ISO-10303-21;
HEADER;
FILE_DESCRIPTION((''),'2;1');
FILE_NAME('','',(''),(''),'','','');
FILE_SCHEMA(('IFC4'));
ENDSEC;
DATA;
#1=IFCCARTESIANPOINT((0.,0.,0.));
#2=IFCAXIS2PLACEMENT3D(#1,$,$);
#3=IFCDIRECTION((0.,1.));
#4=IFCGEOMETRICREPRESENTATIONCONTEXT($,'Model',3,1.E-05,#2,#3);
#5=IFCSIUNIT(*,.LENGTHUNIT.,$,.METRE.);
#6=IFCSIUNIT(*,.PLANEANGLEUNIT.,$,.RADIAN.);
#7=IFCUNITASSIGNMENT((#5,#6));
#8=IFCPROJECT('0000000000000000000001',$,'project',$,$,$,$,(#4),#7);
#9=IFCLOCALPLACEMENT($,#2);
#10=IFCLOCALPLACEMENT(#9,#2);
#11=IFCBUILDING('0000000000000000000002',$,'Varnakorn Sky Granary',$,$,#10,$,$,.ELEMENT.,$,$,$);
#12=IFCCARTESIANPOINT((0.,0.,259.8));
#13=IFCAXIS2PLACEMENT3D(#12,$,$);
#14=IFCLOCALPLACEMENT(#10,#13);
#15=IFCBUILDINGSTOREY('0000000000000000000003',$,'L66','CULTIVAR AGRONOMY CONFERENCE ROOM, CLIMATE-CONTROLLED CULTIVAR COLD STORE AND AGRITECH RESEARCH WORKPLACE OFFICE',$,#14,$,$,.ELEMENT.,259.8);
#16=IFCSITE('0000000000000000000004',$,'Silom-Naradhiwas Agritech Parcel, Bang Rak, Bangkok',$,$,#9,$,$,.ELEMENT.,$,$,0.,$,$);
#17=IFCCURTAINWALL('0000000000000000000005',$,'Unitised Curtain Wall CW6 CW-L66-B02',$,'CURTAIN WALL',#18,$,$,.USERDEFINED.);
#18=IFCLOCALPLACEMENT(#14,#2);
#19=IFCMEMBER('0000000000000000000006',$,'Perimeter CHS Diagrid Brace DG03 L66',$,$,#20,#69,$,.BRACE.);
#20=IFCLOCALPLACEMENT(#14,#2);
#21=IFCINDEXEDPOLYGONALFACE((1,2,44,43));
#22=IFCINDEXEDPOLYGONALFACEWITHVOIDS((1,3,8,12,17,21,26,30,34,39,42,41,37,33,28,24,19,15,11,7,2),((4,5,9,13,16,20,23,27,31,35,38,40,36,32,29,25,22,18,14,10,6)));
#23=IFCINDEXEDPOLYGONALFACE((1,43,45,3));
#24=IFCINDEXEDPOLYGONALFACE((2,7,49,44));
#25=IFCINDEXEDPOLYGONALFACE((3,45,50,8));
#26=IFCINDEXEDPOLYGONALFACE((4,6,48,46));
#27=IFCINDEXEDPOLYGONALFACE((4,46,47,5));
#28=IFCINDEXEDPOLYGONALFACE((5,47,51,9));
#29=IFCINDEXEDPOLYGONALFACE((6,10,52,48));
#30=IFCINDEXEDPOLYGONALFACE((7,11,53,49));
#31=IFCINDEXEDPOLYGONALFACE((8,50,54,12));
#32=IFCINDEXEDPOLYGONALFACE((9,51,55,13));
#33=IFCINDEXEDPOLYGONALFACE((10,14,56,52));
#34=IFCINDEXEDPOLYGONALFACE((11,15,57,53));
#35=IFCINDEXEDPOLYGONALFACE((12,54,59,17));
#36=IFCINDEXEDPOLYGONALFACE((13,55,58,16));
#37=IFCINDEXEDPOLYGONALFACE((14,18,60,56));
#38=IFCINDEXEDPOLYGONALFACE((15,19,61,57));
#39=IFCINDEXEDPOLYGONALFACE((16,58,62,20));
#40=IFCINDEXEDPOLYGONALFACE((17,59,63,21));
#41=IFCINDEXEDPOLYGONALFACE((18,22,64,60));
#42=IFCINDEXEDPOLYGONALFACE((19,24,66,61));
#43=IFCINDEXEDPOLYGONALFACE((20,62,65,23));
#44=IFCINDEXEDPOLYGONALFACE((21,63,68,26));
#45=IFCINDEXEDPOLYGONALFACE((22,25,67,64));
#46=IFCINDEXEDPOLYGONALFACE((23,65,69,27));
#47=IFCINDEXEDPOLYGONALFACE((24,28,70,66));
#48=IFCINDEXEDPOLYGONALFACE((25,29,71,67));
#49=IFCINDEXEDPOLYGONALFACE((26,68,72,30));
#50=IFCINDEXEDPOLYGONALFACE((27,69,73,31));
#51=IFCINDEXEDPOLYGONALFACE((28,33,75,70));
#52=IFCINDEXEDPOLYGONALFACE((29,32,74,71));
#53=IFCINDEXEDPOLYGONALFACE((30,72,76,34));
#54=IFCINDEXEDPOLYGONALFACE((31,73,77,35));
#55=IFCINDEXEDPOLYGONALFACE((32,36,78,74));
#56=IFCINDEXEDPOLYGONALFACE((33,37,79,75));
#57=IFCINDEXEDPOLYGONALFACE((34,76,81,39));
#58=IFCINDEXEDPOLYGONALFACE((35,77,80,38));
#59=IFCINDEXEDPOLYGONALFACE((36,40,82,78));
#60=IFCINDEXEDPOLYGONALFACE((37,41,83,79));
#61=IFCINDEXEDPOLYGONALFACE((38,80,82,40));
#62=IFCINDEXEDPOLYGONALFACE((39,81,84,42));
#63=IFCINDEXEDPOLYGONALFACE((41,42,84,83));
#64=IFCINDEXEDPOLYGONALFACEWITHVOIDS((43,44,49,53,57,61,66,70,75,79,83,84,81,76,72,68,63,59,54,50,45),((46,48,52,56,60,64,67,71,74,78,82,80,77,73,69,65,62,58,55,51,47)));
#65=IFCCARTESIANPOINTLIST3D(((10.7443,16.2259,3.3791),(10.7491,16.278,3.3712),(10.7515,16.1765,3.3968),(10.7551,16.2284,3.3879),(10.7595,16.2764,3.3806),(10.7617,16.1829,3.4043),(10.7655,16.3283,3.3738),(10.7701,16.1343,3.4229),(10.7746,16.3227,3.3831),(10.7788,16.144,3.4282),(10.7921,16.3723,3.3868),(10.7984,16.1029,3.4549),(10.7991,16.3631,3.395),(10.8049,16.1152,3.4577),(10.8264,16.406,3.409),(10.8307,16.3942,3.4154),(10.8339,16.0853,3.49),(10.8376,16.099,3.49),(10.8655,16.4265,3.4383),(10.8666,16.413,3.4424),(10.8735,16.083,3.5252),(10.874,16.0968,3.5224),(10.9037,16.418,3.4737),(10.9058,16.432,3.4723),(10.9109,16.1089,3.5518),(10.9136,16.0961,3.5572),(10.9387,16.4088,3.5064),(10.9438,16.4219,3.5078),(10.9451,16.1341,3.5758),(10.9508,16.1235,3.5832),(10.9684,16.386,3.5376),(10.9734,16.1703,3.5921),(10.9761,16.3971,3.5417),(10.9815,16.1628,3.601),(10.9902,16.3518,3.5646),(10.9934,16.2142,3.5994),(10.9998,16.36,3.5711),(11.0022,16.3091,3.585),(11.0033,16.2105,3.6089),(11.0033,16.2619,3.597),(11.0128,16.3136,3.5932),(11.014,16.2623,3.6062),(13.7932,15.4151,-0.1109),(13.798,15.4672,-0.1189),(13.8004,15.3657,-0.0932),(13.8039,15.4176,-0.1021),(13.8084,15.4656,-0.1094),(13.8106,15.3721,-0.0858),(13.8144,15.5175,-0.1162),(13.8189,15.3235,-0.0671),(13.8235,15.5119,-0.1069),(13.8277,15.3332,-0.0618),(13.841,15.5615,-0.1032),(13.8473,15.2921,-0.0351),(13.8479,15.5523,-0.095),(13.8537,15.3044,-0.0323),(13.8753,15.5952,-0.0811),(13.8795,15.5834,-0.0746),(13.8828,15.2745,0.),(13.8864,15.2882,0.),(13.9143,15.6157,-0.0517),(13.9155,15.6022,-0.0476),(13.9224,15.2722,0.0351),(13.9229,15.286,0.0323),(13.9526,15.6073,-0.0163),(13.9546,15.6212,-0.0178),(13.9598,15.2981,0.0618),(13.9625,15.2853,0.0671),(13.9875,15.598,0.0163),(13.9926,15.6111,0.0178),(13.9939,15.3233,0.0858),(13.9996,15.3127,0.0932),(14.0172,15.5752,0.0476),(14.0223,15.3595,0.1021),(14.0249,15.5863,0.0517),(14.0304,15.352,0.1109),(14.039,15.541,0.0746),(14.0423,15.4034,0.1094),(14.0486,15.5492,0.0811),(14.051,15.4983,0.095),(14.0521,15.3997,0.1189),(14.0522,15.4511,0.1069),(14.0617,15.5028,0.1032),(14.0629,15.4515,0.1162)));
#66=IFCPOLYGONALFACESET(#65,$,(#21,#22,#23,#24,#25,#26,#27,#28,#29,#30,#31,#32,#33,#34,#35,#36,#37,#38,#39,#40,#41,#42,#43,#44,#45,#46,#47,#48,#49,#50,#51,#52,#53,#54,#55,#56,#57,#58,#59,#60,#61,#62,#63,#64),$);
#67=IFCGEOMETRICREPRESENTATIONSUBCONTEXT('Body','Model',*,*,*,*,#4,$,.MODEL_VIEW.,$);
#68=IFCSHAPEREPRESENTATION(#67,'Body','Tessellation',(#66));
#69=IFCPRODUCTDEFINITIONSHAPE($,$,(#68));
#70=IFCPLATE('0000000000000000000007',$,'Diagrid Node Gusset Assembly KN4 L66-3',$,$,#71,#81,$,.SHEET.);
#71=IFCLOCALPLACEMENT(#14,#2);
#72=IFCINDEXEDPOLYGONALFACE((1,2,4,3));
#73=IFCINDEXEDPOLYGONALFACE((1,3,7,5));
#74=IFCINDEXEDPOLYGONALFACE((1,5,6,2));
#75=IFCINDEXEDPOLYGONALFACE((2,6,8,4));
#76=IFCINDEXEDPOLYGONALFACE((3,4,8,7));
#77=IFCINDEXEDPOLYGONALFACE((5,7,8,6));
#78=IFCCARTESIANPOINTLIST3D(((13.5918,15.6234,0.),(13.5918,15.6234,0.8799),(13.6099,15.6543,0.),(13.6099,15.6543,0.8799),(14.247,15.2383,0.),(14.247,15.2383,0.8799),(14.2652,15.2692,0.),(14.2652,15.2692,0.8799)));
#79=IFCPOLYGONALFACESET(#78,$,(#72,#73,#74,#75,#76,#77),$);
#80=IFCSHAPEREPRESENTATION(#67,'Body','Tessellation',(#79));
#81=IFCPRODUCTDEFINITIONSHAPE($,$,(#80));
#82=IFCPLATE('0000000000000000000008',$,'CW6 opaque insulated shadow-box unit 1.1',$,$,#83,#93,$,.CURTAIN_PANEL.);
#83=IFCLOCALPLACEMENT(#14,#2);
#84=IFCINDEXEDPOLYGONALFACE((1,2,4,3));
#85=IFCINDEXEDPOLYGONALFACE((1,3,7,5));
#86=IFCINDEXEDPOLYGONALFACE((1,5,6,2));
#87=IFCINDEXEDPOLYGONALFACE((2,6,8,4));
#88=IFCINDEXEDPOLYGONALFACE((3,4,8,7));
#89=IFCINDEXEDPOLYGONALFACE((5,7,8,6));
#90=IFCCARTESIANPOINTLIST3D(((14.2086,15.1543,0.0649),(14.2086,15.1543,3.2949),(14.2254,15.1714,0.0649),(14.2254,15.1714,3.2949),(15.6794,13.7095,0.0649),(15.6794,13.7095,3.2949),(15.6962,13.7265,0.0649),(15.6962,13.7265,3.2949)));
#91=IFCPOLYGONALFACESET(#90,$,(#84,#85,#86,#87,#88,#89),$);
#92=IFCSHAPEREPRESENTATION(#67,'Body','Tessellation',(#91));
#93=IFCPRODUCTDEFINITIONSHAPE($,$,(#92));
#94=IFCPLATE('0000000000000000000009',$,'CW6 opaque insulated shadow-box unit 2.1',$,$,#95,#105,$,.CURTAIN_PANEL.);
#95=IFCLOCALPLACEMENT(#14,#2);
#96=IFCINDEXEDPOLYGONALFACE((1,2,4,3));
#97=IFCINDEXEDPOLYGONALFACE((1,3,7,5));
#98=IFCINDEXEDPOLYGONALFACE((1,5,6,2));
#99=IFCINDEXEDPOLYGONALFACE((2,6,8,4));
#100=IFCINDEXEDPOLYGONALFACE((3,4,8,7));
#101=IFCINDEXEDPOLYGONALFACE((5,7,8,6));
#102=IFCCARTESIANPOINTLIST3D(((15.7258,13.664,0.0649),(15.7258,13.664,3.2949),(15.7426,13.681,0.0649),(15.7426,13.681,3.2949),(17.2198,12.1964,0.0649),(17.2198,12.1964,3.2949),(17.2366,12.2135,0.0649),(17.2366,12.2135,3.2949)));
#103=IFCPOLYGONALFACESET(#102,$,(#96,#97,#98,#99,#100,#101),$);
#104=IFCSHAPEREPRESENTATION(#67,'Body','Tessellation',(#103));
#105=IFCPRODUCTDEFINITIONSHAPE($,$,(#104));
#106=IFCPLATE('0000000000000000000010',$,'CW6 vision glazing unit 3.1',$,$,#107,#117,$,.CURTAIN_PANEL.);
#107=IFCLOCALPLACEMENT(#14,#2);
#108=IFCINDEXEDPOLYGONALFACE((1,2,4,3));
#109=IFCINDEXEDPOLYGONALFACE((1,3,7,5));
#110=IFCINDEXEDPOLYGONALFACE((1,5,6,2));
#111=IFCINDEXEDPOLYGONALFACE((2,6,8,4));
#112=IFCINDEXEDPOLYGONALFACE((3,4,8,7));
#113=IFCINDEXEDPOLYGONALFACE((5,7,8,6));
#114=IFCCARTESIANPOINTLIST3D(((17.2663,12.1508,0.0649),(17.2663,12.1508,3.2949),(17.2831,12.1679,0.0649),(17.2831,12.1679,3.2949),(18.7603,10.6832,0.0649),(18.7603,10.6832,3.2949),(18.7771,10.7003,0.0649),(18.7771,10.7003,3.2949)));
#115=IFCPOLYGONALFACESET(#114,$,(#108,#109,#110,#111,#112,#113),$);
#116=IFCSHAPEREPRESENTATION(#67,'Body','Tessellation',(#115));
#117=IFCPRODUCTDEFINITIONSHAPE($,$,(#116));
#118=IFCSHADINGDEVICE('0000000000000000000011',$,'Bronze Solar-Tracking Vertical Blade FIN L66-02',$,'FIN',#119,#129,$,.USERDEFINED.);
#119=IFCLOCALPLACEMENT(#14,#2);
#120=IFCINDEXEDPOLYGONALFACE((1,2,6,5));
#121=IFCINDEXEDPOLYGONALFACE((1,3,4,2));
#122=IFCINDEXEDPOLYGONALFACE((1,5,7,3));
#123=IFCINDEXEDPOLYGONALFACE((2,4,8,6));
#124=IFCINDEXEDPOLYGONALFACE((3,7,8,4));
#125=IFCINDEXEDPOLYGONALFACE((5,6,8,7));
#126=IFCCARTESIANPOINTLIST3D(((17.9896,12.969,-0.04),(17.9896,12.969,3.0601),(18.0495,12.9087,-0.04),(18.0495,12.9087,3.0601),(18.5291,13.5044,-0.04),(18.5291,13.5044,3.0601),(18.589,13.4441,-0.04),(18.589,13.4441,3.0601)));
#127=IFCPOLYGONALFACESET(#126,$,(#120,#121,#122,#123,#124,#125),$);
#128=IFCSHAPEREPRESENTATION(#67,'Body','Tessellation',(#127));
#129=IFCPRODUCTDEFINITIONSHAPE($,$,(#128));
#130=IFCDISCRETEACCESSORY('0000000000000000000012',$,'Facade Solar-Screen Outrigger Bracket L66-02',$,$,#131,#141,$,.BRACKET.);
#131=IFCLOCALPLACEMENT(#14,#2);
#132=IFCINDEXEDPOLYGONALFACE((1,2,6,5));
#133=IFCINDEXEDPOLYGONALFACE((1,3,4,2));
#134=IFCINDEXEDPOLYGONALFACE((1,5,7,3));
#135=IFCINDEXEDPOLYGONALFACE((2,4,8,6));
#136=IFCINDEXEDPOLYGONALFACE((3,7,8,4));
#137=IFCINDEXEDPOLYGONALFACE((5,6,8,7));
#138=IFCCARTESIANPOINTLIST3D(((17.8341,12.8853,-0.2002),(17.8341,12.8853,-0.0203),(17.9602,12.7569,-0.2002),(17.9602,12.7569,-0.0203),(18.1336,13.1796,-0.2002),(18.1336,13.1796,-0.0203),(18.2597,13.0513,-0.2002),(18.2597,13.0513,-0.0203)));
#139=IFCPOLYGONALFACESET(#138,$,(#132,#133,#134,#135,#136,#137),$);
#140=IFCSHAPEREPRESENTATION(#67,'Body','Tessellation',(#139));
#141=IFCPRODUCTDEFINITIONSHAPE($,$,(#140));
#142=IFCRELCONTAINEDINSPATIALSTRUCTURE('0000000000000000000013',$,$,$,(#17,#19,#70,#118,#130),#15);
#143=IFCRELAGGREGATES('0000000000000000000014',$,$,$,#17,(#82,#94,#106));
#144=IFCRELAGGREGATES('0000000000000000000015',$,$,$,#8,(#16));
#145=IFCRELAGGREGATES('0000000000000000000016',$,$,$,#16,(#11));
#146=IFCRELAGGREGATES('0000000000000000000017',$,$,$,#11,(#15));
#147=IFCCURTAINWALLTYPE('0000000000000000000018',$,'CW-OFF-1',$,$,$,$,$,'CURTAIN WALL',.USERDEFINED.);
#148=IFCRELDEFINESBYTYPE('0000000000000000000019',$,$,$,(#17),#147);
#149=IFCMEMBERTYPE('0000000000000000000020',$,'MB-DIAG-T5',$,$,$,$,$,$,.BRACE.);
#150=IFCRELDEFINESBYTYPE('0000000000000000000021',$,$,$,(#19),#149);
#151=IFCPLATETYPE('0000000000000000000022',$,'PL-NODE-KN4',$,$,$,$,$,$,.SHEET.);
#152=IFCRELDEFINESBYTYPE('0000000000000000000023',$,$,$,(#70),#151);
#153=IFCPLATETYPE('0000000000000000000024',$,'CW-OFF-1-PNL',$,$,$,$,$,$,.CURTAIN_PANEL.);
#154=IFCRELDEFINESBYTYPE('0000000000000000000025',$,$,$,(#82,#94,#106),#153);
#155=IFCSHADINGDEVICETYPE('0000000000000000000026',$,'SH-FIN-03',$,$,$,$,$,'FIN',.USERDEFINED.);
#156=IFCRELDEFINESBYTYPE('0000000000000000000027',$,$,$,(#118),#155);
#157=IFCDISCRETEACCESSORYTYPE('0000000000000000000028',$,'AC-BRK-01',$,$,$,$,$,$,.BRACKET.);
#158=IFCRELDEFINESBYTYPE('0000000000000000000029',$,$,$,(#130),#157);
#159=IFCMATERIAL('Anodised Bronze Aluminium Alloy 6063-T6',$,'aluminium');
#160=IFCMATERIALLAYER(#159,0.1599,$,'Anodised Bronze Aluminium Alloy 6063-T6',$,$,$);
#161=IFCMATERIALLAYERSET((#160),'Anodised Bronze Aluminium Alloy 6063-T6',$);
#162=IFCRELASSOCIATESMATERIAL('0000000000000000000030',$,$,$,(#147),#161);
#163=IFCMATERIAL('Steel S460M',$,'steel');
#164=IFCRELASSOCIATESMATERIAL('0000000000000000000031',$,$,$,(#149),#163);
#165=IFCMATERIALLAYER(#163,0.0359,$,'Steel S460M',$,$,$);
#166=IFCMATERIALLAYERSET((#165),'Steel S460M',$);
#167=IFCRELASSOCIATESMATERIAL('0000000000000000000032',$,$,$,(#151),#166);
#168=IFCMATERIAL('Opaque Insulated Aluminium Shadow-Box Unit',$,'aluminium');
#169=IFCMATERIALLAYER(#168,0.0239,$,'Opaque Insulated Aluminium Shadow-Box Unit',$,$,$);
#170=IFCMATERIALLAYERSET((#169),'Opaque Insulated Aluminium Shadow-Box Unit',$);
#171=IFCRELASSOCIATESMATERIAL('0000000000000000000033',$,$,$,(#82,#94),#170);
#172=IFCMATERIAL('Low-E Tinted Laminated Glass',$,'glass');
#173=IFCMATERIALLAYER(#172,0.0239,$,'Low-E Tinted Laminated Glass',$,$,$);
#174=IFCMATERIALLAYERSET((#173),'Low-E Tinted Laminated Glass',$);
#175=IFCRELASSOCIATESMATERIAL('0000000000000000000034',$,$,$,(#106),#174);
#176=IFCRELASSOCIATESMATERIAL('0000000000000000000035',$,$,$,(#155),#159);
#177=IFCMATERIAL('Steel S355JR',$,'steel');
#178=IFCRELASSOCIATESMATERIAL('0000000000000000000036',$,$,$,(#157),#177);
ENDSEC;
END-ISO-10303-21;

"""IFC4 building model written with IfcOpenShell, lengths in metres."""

from ifc_helpers import new_model, si_unit, direction, frame, origin, origin_2d, place, context, subcontext, project, spatial, rectangle, hollow_circle, extrude, source, transform, mapped, material, layer, layer_set, material_profile, profile_set, type_object, type_shapes, element, aggregate, save


model = new_model("IFC4")

# Units and contexts
model_context = context("Model", 3, precision=1e-05, world=origin(), true_north=direction((0.0, 1.0)))
body_context = subcontext(model_context, "Body", "Model", "MODEL_VIEW")
ifc_project = project(units=[si_unit("LENGTHUNIT", "METRE"), si_unit("PLANEANGLEUNIT", "RADIAN")], contexts=[model_context])

# Site, building, storey
site_placement = place(None, origin())
site = spatial("IfcSite", under=ifc_project, at=site_placement, Name="Silom-Naradhiwas Agritech Parcel, Bang Rak, Bangkok", CompositionType="ELEMENT", RefElevation=0.0)
building_placement = place(site_placement, origin())
building = spatial("IfcBuilding", under=site, at=building_placement, Name="Varnakorn Sky Granary", CompositionType="ELEMENT")
storey_placement = place(building_placement, frame((0.0, 0.0, 259.8)))
storey = spatial("IfcBuildingStorey", under=building, at=storey_placement, Name="L66", Description="CULTIVAR AGRONOMY CONFERENCE ROOM, CLIMATE-CONTROLLED CULTIVAR COLD STORE AND AGRITECH RESEARCH WORKPLACE OFFICE", CompositionType="ELEMENT", Elevation=259.8)

# Shared definitions
ifc_material_1 = material(Name="Steel S460M", Category="steel")

# Shared definitions
ifc_material_2 = material(Name="Steel S355JR", Category="steel")

# Curtain wall
ifc_material_3 = material(Name="Anodised Bronze Aluminium Alloy 6063-T6", Category="aluminium")
ifc_layer_1 = layer(ifc_material_3, 0.1599, Name="Anodised Bronze Aluminium Alloy 6063-T6")
ifc_layer_set_1 = layer_set([ifc_layer_1], Name="Anodised Bronze Aluminium Alloy 6063-T6")
curtain_wall_type = type_object("IfcCurtainWallType", Name="CW-OFF-1", ElementType="CURTAIN WALL", PredefinedType="USERDEFINED", material=ifc_layer_set_1)
curtain_wall_placement = place(storey_placement, origin())
curtain_wall = element("IfcCurtainWall", 1, at=curtain_wall_placement, inside=storey, type_object=curtain_wall_type, Name="Unitised Curtain Wall CW6 CW-L66-B02", ObjectType="CURTAIN WALL", PredefinedType="USERDEFINED")

# Member
ifc_material_profile_1 = material_profile(ifc_material_1, hollow_circle(Radius=0.1777, WallThickness=0.0142, at=origin_2d()), Name="CHS 355.6x14")
ifc_profile_set_1 = profile_set([ifc_material_profile_1], Name="Steel S460M")
member_type_1 = type_object("IfcMemberType", Name="MB-DIAG-T5", PredefinedType="BRACE", material=ifc_profile_set_1)
member_1_placement = place(storey_placement, frame((13.9285, 15.4463, 0.0), z_axis=(-0.64806, 0.172342, 0.741833), x_axis=(-0.257003, -0.966411, 0.0)))
element("IfcMember", 2, at=member_1_placement, inside=storey, type_object=member_type_1, Name="Perimeter CHS Diagrid Brace DG03 L66", PredefinedType="BRACE", context=body_context, shape_type="SweptSolid", body=[
    extrude(hollow_circle(Radius=0.1777, WallThickness=0.0142, at=origin_2d()), origin(), (0.0, 0.0, 1.0), 4.7046),
])

# Plates
ifc_layer_2 = layer(ifc_material_1, 0.0359, Name="Steel S460M")
ifc_layer_set_2 = layer_set([ifc_layer_2], Name="Steel S460M")
plate_type_1 = type_object("IfcPlateType", Name="PL-NODE-KN4", PredefinedType="SHEET", material=ifc_layer_set_2)
plate_1_placement = place(storey_placement, frame((13.9285, 15.4463, 0.0), z_axis=(0.0, 0.0, 1.0), x_axis=(-0.86212, 0.506704, 0.0)))
element("IfcPlate", 3, at=plate_1_placement, inside=storey, type_object=plate_type_1, Name="Diagrid Node Gusset Assembly KN4 L66-3", PredefinedType="SHEET", context=body_context, shape_type="SweptSolid", body=[
    extrude(rectangle(XDim=0.76, YDim=0.0359, at=origin_2d()), origin(), (0.0, 0.0, 1.0), 0.8799),
])
ifc_material_4 = material(Name="Opaque Insulated Aluminium Shadow-Box Unit", Category="aluminium")
ifc_layer_3 = layer(ifc_material_4, 0.0239, Name="Opaque Insulated Aluminium Shadow-Box Unit")
ifc_layer_set_3 = layer_set([ifc_layer_3], Name="Opaque Insulated Aluminium Shadow-Box Unit")
plate_type_2 = type_object("IfcPlateType", Name="CW-OFF-1-PNL", PredefinedType="CURTAIN_PANEL")
shared_shape_1 = source(origin(), body_context, "Body", "SweptSolid", [
    extrude(rectangle(XDim=2.0618, YDim=0.0239, at=origin_2d()), origin(), (0.0, 0.0, 1.0), 3.23),
])
plate_2_placement = place(storey_placement, frame((14.9524, 14.4404, 0.0649), z_axis=(0.0, 0.0, 1.0), x_axis=(0.713383, -0.700774, 0.0)))
plate_2 = element("IfcPlate", 4, at=plate_2_placement, type_object=plate_type_2, material=ifc_layer_set_3, Name="CW6 opaque insulated shadow-box unit 1.1", PredefinedType="CURTAIN_PANEL", context=body_context, shape_type="MappedRepresentation", body=[
    mapped(shared_shape_1, transform((0.0, 0.0, 0.0), x_axis=(1.0, 0.0, 0.0), y_axis=(0.0, 1.0, 0.0), z_axis=(0.0, 0.0, 1.0), scale=1.0)),
])
shared_shape_2 = source(origin(), body_context, "Body", "SweptSolid", [
    extrude(rectangle(XDim=2.0942, YDim=0.0239, at=origin_2d()), origin(), (0.0, 0.0, 1.0), 3.23),
])
type_shapes(plate_type_2, [shared_shape_1, shared_shape_2])
plate_3_placement = place(storey_placement, frame((16.4812, 12.9387, 0.0649), z_axis=(0.0, 0.0, 1.0), x_axis=(0.713383, -0.700774, 0.0)))
plate_3 = element("IfcPlate", 5, at=plate_3_placement, type_object=plate_type_2, material=ifc_layer_set_3, Name="CW6 opaque insulated shadow-box unit 2.1", PredefinedType="CURTAIN_PANEL", context=body_context, shape_type="MappedRepresentation", body=[
    mapped(shared_shape_2, transform((0.0, 0.0, 0.0), x_axis=(1.0, 0.0, 0.0), y_axis=(0.0, 1.0, 0.0), z_axis=(0.0, 0.0, 1.0), scale=1.0)),
])
ifc_material_5 = material(Name="Low-E Tinted Laminated Glass", Category="glass")
ifc_layer_4 = layer(ifc_material_5, 0.0239, Name="Low-E Tinted Laminated Glass")
ifc_layer_set_4 = layer_set([ifc_layer_4], Name="Low-E Tinted Laminated Glass")
plate_4_placement = place(storey_placement, frame((18.0217, 11.4255, 0.0649), z_axis=(0.0, 0.0, 1.0), x_axis=(0.713383, -0.700774, 0.0)))
plate_4 = element("IfcPlate", 6, at=plate_4_placement, type_object=plate_type_2, material=ifc_layer_set_4, Name="CW6 vision glazing unit 3.1", PredefinedType="CURTAIN_PANEL", context=body_context, shape_type="MappedRepresentation", body=[
    mapped(shared_shape_2, transform((0.0, 0.0, 0.0), x_axis=(1.0, 0.0, 0.0), y_axis=(0.0, 1.0, 0.0), z_axis=(0.0, 0.0, 1.0), scale=1.0)),
])
aggregate(curtain_wall, [plate_2, plate_3, plate_4])

# Shading device
shading_device_type = type_object("IfcShadingDeviceType", Name="SH-FIN-03", ElementType="FIN", PredefinedType="USERDEFINED", material=ifc_material_3)
shared_shape_3 = source(origin(), body_context, "Body", "SweptSolid", [
    extrude(rectangle(XDim=0.085, YDim=0.76, at=origin_2d()), origin(), (0.0, 0.0, 1.0), 3.1001),
])
type_shapes(shading_device_type, [shared_shape_3])
shading_device_placement = place(storey_placement, frame((18.2893, 13.2065, -0.04), z_axis=(0.0, 0.0, 1.0), x_axis=(-0.704375, 0.709828, 0.0)))
element("IfcShadingDevice", 7, at=shading_device_placement, inside=storey, type_object=shading_device_type, Name="Bronze Solar-Tracking Vertical Blade FIN L66-02", ObjectType="FIN", PredefinedType="USERDEFINED", context=body_context, shape_type="MappedRepresentation", body=[
    mapped(shared_shape_3, transform((0.0, 0.0, 0.0), x_axis=(1.0, 0.0, 0.0), y_axis=(0.0, 1.0, 0.0), z_axis=(0.0, 0.0, 1.0), scale=1.0)),
])

# Discrete accessory
discrete_accessory_type = type_object("IfcDiscreteAccessoryType", Name="AC-BRK-01", PredefinedType="BRACKET", material=ifc_material_2)
shared_shape_4 = source(origin(), body_context, "Body", "SweptSolid", [
    extrude(rectangle(XDim=0.1799, YDim=0.4199, at=origin_2d()), origin(), (0.0, 0.0, 1.0), 0.1799),
])
type_shapes(discrete_accessory_type, [shared_shape_4])
discrete_accessory_placement = place(storey_placement, frame((18.0469, 12.9683, -0.2002), z_axis=(0.0, 0.0, 1.0), x_axis=(-0.700905, 0.713254, 0.0)))
element("IfcDiscreteAccessory", 8, at=discrete_accessory_placement, inside=storey, type_object=discrete_accessory_type, Name="Facade Solar-Screen Outrigger Bracket L66-02", PredefinedType="BRACKET", context=body_context, shape_type="MappedRepresentation", body=[
    mapped(shared_shape_4, transform((0.0, 0.0, 0.0), x_axis=(1.0, 0.0, 0.0), y_axis=(0.0, 1.0, 0.0), z_axis=(0.0, 0.0, 1.0), scale=1.0)),
])

save(model, "model.ifc")
